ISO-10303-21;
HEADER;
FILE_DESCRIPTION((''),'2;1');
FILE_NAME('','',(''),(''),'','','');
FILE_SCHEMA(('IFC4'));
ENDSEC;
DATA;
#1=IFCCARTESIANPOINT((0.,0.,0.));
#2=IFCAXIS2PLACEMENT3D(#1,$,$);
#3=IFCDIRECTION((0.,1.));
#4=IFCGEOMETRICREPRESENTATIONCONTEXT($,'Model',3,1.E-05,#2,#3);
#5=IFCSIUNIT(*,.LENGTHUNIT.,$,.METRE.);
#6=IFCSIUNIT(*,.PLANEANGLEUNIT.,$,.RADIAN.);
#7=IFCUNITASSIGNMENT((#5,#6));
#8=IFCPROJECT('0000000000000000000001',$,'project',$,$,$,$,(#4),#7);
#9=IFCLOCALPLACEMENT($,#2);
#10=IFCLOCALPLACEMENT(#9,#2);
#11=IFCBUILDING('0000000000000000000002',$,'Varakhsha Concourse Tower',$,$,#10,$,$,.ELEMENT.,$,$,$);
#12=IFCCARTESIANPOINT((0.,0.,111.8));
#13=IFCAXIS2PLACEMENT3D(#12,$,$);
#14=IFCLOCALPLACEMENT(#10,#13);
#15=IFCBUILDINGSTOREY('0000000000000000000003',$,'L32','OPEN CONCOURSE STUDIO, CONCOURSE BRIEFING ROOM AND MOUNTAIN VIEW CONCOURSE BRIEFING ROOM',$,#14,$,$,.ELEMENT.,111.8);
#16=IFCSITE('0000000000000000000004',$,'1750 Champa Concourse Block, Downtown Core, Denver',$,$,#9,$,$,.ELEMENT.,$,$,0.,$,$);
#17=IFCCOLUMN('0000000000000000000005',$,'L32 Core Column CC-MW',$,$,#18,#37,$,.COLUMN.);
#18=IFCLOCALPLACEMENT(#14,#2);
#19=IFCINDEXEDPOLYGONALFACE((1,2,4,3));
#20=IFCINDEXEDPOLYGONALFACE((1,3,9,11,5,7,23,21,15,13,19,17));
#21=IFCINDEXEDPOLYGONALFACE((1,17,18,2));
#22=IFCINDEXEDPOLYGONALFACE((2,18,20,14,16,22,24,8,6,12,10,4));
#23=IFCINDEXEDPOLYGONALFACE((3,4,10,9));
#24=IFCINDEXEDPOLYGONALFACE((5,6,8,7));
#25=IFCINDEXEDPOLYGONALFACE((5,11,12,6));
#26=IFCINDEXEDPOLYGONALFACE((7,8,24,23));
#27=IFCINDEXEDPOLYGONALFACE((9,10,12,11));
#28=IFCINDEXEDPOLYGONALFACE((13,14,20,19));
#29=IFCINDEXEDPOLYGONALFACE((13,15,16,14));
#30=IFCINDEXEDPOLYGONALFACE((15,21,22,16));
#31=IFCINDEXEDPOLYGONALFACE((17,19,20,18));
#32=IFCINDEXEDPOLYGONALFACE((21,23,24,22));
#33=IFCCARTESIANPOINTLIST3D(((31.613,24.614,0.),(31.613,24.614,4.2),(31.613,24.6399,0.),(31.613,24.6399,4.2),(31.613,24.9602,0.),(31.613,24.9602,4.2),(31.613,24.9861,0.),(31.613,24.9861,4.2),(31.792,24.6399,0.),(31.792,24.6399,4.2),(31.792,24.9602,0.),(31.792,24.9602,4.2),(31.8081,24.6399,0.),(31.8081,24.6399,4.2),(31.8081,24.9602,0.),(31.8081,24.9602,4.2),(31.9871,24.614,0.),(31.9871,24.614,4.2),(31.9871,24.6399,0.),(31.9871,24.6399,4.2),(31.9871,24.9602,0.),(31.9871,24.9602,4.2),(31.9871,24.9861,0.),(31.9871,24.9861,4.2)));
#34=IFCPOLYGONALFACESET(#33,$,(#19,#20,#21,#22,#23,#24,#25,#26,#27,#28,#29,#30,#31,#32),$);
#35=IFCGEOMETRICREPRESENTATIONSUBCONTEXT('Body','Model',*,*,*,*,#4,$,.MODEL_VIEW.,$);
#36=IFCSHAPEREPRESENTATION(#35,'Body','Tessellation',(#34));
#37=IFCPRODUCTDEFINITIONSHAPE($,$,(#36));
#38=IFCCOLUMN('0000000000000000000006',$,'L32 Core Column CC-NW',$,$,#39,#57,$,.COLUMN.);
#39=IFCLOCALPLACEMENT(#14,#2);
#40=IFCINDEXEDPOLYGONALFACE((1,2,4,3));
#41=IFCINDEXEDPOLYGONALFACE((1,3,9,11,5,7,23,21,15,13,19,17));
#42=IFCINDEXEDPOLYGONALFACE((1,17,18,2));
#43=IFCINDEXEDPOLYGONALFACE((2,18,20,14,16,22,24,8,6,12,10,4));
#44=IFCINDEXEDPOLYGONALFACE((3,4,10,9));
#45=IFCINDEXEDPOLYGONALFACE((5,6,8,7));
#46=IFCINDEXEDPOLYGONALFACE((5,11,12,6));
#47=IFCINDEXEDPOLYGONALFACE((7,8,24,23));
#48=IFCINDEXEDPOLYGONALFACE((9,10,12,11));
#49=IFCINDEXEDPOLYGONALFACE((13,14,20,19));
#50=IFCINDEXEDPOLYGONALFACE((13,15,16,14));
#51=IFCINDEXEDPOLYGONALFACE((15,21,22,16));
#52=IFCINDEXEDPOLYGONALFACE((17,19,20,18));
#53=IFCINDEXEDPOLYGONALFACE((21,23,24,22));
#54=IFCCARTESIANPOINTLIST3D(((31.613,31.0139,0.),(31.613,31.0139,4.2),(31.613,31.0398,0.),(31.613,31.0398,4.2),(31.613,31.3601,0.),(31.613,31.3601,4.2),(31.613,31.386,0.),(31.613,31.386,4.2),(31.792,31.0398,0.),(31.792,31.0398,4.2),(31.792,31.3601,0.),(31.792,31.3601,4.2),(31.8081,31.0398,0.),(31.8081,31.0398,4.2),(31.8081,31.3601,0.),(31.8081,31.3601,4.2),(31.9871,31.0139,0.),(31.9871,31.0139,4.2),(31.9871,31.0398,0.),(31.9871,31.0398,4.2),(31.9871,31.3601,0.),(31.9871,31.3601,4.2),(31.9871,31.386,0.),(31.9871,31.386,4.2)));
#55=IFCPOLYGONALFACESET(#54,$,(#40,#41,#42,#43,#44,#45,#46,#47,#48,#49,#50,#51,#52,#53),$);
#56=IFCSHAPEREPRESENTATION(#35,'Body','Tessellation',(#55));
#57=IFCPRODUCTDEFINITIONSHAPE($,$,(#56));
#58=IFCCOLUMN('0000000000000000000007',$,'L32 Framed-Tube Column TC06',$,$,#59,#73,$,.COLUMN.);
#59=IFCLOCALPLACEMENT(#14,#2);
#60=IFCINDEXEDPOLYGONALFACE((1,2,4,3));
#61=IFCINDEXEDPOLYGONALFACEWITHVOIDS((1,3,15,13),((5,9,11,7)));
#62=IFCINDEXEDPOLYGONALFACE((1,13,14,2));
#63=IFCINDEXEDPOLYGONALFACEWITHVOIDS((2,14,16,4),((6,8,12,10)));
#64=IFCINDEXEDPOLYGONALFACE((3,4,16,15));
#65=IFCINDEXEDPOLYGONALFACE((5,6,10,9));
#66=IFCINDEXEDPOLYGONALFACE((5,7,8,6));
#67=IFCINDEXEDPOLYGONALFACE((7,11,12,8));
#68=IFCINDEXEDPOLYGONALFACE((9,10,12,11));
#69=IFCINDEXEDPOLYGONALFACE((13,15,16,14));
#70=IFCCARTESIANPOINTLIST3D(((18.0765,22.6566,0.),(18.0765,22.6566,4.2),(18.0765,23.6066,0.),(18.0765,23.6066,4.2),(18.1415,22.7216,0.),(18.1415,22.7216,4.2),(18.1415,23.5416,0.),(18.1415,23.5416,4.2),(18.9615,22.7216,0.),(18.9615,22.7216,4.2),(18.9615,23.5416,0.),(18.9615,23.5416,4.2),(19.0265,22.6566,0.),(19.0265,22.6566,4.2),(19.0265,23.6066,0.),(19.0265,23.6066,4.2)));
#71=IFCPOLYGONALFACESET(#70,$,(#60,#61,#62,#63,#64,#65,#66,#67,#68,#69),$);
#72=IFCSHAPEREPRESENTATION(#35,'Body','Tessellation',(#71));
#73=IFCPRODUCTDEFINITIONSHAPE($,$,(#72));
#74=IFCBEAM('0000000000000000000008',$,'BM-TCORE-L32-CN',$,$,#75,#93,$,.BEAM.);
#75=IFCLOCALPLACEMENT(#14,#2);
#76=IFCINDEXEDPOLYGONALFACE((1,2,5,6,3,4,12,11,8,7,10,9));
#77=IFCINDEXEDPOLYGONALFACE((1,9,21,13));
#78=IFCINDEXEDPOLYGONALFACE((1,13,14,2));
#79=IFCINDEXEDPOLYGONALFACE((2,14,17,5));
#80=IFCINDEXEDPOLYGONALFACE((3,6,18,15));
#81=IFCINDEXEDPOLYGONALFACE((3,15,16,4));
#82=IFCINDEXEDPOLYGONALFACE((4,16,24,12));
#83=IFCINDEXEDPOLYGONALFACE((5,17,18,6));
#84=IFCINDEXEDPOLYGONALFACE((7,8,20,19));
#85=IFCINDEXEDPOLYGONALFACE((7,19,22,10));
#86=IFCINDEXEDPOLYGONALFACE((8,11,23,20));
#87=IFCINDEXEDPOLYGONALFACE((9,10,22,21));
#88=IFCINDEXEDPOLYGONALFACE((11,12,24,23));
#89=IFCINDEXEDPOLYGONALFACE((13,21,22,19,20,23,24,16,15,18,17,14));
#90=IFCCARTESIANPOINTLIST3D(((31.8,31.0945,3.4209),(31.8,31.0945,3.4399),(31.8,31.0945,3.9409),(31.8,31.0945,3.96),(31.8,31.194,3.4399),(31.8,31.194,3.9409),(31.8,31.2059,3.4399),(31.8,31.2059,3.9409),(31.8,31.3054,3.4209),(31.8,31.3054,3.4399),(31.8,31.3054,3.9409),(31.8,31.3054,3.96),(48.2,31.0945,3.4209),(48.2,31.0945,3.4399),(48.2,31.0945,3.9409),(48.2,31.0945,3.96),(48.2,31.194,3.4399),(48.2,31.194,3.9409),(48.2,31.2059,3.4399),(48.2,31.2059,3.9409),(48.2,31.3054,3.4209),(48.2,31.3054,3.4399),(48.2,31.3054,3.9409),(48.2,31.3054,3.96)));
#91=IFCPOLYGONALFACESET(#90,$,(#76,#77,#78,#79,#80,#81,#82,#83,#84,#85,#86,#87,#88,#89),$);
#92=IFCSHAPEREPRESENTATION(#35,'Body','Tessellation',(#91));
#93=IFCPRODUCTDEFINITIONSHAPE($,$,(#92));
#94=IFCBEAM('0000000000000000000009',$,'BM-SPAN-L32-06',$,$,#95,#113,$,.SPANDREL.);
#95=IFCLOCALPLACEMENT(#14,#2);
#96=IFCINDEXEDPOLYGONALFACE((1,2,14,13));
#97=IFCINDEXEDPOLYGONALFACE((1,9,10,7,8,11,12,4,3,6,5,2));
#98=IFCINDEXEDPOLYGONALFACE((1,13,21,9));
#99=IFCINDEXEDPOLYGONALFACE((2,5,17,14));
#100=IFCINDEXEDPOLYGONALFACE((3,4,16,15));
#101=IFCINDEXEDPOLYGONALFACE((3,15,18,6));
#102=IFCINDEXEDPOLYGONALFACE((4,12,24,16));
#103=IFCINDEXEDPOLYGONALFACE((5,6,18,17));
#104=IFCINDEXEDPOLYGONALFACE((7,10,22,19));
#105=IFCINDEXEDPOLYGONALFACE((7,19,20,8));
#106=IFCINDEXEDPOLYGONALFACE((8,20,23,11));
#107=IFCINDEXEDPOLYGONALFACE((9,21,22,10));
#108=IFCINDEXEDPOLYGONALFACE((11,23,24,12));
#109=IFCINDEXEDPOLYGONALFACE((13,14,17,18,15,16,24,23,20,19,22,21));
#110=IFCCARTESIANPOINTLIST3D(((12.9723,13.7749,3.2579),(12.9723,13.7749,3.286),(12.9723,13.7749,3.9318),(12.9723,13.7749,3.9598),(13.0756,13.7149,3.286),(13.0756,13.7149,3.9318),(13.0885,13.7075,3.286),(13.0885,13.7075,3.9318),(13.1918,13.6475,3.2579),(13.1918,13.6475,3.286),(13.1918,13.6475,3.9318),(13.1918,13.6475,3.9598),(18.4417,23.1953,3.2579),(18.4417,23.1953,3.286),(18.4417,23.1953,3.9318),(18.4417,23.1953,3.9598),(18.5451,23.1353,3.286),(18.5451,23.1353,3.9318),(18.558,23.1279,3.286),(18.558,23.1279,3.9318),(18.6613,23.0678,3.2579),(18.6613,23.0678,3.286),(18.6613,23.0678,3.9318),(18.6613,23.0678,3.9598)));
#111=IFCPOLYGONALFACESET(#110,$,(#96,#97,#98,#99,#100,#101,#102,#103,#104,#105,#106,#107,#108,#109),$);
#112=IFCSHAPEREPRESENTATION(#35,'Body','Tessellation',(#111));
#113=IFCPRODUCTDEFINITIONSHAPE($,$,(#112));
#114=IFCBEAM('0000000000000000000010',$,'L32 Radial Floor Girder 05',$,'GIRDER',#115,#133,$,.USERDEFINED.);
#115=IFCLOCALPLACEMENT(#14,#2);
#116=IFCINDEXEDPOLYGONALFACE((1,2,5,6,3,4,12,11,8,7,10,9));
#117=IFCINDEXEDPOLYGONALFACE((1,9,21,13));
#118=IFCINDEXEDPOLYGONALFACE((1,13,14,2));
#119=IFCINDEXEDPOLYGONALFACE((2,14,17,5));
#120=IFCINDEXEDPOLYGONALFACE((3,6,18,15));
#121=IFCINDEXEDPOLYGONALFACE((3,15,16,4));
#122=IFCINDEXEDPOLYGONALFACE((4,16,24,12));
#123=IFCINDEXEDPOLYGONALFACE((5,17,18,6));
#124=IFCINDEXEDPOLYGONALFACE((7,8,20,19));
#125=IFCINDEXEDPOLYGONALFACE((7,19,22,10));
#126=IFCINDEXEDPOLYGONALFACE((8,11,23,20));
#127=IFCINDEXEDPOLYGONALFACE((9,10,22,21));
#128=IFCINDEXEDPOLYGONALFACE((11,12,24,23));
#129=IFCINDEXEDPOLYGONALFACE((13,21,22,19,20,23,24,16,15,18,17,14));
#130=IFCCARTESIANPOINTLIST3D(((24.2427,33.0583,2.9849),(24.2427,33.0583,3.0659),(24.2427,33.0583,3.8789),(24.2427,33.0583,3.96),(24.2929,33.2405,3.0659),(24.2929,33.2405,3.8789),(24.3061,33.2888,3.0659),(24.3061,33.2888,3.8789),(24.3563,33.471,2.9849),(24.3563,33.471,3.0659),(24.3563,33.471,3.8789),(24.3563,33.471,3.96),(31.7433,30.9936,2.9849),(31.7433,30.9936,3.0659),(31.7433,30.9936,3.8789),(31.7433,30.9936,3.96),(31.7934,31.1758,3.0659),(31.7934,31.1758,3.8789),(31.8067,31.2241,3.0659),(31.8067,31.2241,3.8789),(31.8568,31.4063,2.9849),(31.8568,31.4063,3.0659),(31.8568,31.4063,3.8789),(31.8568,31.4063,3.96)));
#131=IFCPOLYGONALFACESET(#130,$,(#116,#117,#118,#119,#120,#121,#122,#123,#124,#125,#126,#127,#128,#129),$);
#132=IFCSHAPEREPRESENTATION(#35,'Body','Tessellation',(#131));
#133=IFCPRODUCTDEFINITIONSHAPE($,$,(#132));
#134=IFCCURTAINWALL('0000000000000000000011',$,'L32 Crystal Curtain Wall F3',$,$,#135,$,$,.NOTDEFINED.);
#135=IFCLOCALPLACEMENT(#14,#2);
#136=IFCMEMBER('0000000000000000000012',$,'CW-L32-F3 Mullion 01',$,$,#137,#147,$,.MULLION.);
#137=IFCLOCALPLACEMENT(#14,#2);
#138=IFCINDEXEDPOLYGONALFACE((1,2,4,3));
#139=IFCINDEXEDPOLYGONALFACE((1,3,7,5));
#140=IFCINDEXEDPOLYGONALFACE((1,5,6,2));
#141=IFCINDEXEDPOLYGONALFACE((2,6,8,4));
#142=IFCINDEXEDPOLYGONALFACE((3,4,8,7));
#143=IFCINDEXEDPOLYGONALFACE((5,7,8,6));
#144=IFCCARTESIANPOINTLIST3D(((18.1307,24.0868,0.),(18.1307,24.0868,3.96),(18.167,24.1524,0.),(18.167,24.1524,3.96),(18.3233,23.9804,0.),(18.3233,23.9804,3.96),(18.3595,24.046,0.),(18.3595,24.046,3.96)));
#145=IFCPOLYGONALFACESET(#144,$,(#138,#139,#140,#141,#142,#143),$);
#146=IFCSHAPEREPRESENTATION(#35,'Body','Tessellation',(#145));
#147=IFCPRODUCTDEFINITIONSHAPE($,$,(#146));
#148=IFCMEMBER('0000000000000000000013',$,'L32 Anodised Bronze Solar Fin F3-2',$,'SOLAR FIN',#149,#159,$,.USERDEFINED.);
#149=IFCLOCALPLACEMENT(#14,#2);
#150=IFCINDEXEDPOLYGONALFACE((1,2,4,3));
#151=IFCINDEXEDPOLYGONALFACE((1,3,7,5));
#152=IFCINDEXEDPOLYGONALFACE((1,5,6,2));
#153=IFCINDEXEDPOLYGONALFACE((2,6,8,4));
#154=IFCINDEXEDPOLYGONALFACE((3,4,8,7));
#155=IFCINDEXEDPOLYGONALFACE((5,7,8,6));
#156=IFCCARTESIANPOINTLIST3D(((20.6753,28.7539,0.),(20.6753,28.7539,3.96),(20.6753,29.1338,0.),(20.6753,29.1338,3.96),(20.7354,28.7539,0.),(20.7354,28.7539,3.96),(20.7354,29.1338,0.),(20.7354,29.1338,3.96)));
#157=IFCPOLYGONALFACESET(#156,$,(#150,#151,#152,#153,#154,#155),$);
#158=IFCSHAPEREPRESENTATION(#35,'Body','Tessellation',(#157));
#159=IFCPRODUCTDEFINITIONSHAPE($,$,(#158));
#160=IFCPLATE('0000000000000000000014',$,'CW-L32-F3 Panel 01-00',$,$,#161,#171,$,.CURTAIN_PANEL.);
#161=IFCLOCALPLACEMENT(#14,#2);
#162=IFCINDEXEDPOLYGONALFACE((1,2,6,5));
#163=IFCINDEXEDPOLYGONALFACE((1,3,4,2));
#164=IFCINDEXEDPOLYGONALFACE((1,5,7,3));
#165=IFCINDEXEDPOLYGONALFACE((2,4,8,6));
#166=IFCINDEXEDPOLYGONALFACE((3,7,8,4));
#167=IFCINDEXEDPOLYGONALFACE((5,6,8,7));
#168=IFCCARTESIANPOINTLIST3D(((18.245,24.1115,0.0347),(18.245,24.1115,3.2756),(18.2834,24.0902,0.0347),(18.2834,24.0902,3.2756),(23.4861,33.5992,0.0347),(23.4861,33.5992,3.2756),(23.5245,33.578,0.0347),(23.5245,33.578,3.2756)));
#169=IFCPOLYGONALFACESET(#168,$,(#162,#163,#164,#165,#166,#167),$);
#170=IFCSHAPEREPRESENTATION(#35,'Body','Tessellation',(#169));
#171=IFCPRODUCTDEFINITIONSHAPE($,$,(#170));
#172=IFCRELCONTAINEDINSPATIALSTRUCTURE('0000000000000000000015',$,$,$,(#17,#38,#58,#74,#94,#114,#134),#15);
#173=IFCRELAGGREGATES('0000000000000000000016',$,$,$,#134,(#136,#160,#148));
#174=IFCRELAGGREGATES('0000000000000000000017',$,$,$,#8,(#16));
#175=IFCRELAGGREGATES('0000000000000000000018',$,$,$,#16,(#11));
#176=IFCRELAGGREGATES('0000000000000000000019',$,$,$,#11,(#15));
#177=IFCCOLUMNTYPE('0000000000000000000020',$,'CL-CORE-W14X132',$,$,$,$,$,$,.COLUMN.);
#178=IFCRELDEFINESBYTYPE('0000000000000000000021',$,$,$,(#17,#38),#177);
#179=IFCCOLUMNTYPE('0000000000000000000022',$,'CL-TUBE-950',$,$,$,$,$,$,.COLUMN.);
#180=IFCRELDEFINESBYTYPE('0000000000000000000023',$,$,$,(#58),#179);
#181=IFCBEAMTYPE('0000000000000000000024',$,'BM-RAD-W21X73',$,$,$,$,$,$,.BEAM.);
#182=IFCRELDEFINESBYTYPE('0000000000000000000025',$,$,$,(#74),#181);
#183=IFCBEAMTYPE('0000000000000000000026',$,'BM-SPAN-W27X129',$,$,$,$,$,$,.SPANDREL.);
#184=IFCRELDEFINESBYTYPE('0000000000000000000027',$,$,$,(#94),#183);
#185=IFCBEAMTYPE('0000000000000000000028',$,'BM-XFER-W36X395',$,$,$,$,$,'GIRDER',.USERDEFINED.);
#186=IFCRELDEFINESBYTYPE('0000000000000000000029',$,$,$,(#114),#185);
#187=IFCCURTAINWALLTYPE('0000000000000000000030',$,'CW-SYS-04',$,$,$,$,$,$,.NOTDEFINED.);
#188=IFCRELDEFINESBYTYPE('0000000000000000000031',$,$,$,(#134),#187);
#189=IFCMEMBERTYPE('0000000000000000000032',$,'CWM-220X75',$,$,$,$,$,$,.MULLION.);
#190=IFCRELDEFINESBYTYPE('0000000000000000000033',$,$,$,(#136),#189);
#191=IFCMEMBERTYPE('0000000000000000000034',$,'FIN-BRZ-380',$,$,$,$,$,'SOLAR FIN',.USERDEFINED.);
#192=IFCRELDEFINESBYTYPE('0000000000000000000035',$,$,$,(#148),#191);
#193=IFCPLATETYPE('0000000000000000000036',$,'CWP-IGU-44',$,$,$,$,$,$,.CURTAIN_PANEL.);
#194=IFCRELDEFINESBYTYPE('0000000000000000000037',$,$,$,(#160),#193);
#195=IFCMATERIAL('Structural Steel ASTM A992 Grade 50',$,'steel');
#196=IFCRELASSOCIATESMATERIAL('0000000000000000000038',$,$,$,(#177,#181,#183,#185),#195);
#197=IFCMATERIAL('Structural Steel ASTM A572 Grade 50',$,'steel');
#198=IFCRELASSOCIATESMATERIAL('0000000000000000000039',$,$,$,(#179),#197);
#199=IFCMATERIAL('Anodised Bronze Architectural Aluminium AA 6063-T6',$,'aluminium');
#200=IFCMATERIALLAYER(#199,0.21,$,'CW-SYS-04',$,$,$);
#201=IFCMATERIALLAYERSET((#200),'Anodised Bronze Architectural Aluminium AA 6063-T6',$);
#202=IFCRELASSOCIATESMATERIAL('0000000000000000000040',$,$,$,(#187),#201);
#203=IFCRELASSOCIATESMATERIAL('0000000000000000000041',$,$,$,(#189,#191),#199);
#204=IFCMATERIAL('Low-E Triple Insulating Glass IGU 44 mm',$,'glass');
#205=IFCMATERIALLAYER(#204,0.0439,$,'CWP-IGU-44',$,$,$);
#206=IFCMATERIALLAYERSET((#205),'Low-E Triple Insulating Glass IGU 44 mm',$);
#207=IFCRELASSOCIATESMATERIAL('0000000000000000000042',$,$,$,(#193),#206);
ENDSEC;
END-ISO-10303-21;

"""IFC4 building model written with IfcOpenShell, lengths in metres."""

from ifc_helpers import new_model, si_unit, direction, frame, origin, origin_2d, place, context, subcontext, project, spatial, rectangle, hollow_rectangle, i_section, extrude, source, transform, mapped, material, layer, layer_set, material_profile, profile_set, type_object, type_shapes, element, aggregate, save


model = new_model("IFC4")

# Units and contexts
model_context = context("Model", 3, precision=1e-05, world=origin(), true_north=direction((0.0, 1.0)))
body_context = subcontext(model_context, "Body", "Model", "MODEL_VIEW")
ifc_project = project(units=[si_unit("LENGTHUNIT", "METRE"), si_unit("PLANEANGLEUNIT", "RADIAN")], contexts=[model_context])

# Site, building, storey
site_placement = place(None, origin())
site = spatial("IfcSite", under=ifc_project, at=site_placement, Name="1750 Champa Concourse Block, Downtown Core, Denver", CompositionType="ELEMENT", RefElevation=0.0)
building_placement = place(site_placement, origin())
building = spatial("IfcBuilding", under=site, at=building_placement, Name="Varakhsha Concourse Tower", CompositionType="ELEMENT")
storey_placement = place(building_placement, frame((0.0, 0.0, 111.8)))
storey = spatial("IfcBuildingStorey", under=building, at=storey_placement, Name="L32", Description="OPEN CONCOURSE STUDIO, CONCOURSE BRIEFING ROOM AND MOUNTAIN VIEW CONCOURSE BRIEFING ROOM", CompositionType="ELEMENT", Elevation=111.8)

# Columns
ifc_material_1 = material(Name="Structural Steel ASTM A992 Grade 50", Category="steel")
ifc_material_profile_1 = material_profile(ifc_material_1, i_section(OverallWidth=0.374, OverallDepth=0.3721, WebThickness=0.0161, FlangeThickness=0.0259, at=origin_2d()), Name="W14X132")
ifc_profile_set_1 = profile_set([ifc_material_profile_1], Name="Structural Steel ASTM A992 Grade 50")
column_type_1 = type_object("IfcColumnType", Name="CL-CORE-W14X132", PredefinedType="COLUMN", material=ifc_profile_set_1)
for number, where, z_axis, x_axis, name in (
    (1, (31.8, 24.8, 0.0), (0.0, 0.0, 1.0), (1.0, 0.0, 0.0), "L32 Core Column CC-MW"),
    (2, (31.8, 31.2, 0.0), (0.0, 0.0, 1.0), (1.0, 0.0, 0.0), "L32 Core Column CC-NW"),
):
    element("IfcColumn", number, at=place(storey_placement, frame(where, z_axis=z_axis, x_axis=x_axis)), inside=storey, type_object=column_type_1, Name=name, PredefinedType="COLUMN", context=body_context, shape_type="SweptSolid", body=[
        extrude(i_section(OverallWidth=0.374, OverallDepth=0.3721, WebThickness=0.0161, FlangeThickness=0.0259, at=origin_2d()), origin(), (0.0, 0.0, 1.0), 4.2),
    ])
ifc_material_2 = material(Name="Structural Steel ASTM A572 Grade 50", Category="steel")
ifc_material_profile_2 = material_profile(ifc_material_2, hollow_rectangle(XDim=0.95, YDim=0.95, WallThickness=0.0649, at=origin_2d()), Name="BOX 950x950x65")
ifc_profile_set_2 = profile_set([ifc_material_profile_2], Name="Structural Steel ASTM A572 Grade 50")
column_type_2 = type_object("IfcColumnType", Name="CL-TUBE-950", PredefinedType="COLUMN", material=ifc_profile_set_2)
column_placement = place(storey_placement, frame((18.5515, 23.1316, 0.0), z_axis=(0.0, 0.0, 1.0), x_axis=(1.0, 0.0, 0.0)))
element("IfcColumn", 3, at=column_placement, inside=storey, type_object=column_type_2, Name="L32 Framed-Tube Column TC06", PredefinedType="COLUMN", context=body_context, shape_type="SweptSolid", body=[
    extrude(hollow_rectangle(XDim=0.95, YDim=0.95, WallThickness=0.0649, at=origin_2d()), origin(), (0.0, 0.0, 1.0), 4.2),
])

# Beams
ifc_material_profile_3 = material_profile(ifc_material_1, i_section(OverallWidth=0.2109, OverallDepth=0.5391, WebThickness=0.012, FlangeThickness=0.019, at=origin_2d()), Name="W21X73")
ifc_profile_set_3 = profile_set([ifc_material_profile_3], Name="Structural Steel ASTM A992 Grade 50")
beam_type_1 = type_object("IfcBeamType", Name="BM-RAD-W21X73", PredefinedType="BEAM", material=ifc_profile_set_3)
beam_1_placement = place(storey_placement, frame((31.8, 31.2, 3.6904), z_axis=(1.0, 0.0, 0.0), x_axis=(0.0, 1.0, 0.0)))
element("IfcBeam", 4, at=beam_1_placement, inside=storey, type_object=beam_type_1, Name="BM-TCORE-L32-CN", PredefinedType="BEAM", context=body_context, shape_type="SweptSolid", body=[
    extrude(i_section(OverallWidth=0.2109, OverallDepth=0.5391, WebThickness=0.012, FlangeThickness=0.019, at=origin_2d()), origin(), (0.0, 0.0, 1.0), 16.3999),
])
ifc_material_profile_4 = material_profile(ifc_material_1, i_section(OverallWidth=0.2539, OverallDepth=0.7019, WebThickness=0.0149, FlangeThickness=0.0281, at=origin_2d()), Name="W27X129")
ifc_profile_set_4 = profile_set([ifc_material_profile_4], Name="Structural Steel ASTM A992 Grade 50")
beam_type_2 = type_object("IfcBeamType", Name="BM-SPAN-W27X129", PredefinedType="SPANDREL", material=ifc_profile_set_4)
beam_2_placement = place(storey_placement, frame((18.5515, 23.1316, 3.6089), z_axis=(-0.502106, -0.864806, 0.0), x_axis=(0.864806, -0.502106, 0.0)))
element("IfcBeam", 5, at=beam_2_placement, inside=storey, type_object=beam_type_2, Name="BM-SPAN-L32-06", PredefinedType="SPANDREL", context=body_context, shape_type="SweptSolid", body=[
    extrude(i_section(OverallWidth=0.2539, OverallDepth=0.7019, WebThickness=0.0149, FlangeThickness=0.0281, at=origin_2d()), origin(), (0.0, 0.0, 1.0), 10.8931),
])
ifc_material_profile_5 = material_profile(ifc_material_1, i_section(OverallWidth=0.428, OverallDepth=0.9751, WebThickness=0.05, FlangeThickness=0.0811, at=origin_2d()), Name="W36X395")
ifc_profile_set_5 = profile_set([ifc_material_profile_5], Name="Structural Steel ASTM A992 Grade 50")
beam_type_3 = type_object("IfcBeamType", Name="BM-XFER-W36X395", ElementType="GIRDER", PredefinedType="USERDEFINED", material=ifc_profile_set_5)
beam_3_placement = place(storey_placement, frame((31.8, 31.2, 3.4724), z_axis=(-0.964138, 0.265403, 0.0), x_axis=(-0.265403, -0.964138, 0.0)))
element("IfcBeam", 6, at=beam_3_placement, inside=storey, type_object=beam_type_3, Name="L32 Radial Floor Girder 05", ObjectType="GIRDER", PredefinedType="USERDEFINED", context=body_context, shape_type="SweptSolid", body=[
    extrude(i_section(OverallWidth=0.428, OverallDepth=0.9751, WebThickness=0.05, FlangeThickness=0.0811, at=origin_2d()), origin(), (0.0, 0.0, 1.0), 7.7795),
])

# Curtain wall, members, plate
ifc_material_3 = material(Name="Anodised Bronze Architectural Aluminium AA 6063-T6", Category="aluminium")
ifc_layer_1 = layer(ifc_material_3, 0.21, Name="CW-SYS-04")
ifc_layer_set_1 = layer_set([ifc_layer_1], Name="Anodised Bronze Architectural Aluminium AA 6063-T6")
curtain_wall_type = type_object("IfcCurtainWallType", Name="CW-SYS-04", PredefinedType="NOTDEFINED", material=ifc_layer_set_1)
curtain_wall_placement = place(storey_placement, origin())
curtain_wall = element("IfcCurtainWall", 7, at=curtain_wall_placement, inside=storey, type_object=curtain_wall_type, Name="L32 Crystal Curtain Wall F3", PredefinedType="NOTDEFINED")
ifc_material_profile_6 = material_profile(ifc_material_3, rectangle(XDim=0.075, YDim=0.22, at=origin_2d()), Name="CWM-220X75")
ifc_profile_set_6 = profile_set([ifc_material_profile_6], Name="Anodised Bronze Architectural Aluminium AA 6063-T6")
member_type_1 = type_object("IfcMemberType", Name="CWM-220X75", PredefinedType="MULLION", material=ifc_profile_set_6)
shared_shape_1 = source(origin(), body_context, "Body", "SweptSolid", [
    extrude(rectangle(XDim=0.075, YDim=0.22, at=origin_2d()), origin(), (0.0, 0.0, 1.0), 3.96),
])
type_shapes(member_type_1, [shared_shape_1])
member_1_placement = place(storey_placement, frame((18.2451, 24.0664, 0.0), z_axis=(0.0, 0.0, 1.0), x_axis=(0.483536, 0.875324, 0.0)))
member_1 = element("IfcMember", 8, at=member_1_placement, type_object=member_type_1, Name="CW-L32-F3 Mullion 01", PredefinedType="MULLION", context=body_context, shape_type="MappedRepresentation", body=[
    mapped(shared_shape_1, transform((0.0, 0.0, 0.0), scale=1.0)),
])
ifc_material_profile_7 = material_profile(ifc_material_3, rectangle(XDim=0.0601, YDim=0.3799, at=origin_2d()), Name="FIN-BRZ-380")
ifc_profile_set_7 = profile_set([ifc_material_profile_7], Name="Anodised Bronze Architectural Aluminium AA 6063-T6")
member_type_2 = type_object("IfcMemberType", Name="FIN-BRZ-380", ElementType="SOLAR FIN", PredefinedType="USERDEFINED", material=ifc_profile_set_7)
shared_shape_2 = source(origin(), body_context, "Body", "SweptSolid", [
    extrude(rectangle(XDim=0.0601, YDim=0.3799, at=origin_2d()), origin(), (0.0, 0.0, 1.0), 3.96),
])
type_shapes(member_type_2, [shared_shape_2])
member_2_placement = place(storey_placement, frame((20.7053, 28.9438, 0.0), z_axis=(0.0, 0.0, 1.0), x_axis=(1.0, 0.0, 0.0)))
member_2 = element("IfcMember", 9, at=member_2_placement, type_object=member_type_2, Name="L32 Anodised Bronze Solar Fin F3-2", ObjectType="SOLAR FIN", PredefinedType="USERDEFINED", context=body_context, shape_type="MappedRepresentation", body=[
    mapped(shared_shape_2, transform((0.0, 0.0, 0.0), scale=1.0)),
])
ifc_material_4 = material(Name="Low-E Triple Insulating Glass IGU 44 mm", Category="glass")
ifc_layer_2 = layer(ifc_material_4, 0.0439, Name="CWP-IGU-44")
ifc_layer_set_2 = layer_set([ifc_layer_2], Name="Low-E Triple Insulating Glass IGU 44 mm")
plate_type_1 = type_object("IfcPlateType", Name="CWP-IGU-44", PredefinedType="CURTAIN_PANEL", material=ifc_layer_set_2)
shared_shape_3 = source(origin(), body_context, "Body", "SweptSolid", [
    extrude(rectangle(XDim=10.8391, YDim=0.0439, at=origin_2d()), origin(), (0.0, 0.0, 1.0), 3.241),
])
type_shapes(plate_type_1, [shared_shape_3])
plate_1_placement = place(storey_placement, frame((20.8848, 28.8447, 0.0347), z_axis=(0.0, 0.0, 1.0), x_axis=(0.483536, 0.875324, 0.0)))
plate_1 = element("IfcPlate", 10, at=plate_1_placement, type_object=plate_type_1, Name="CW-L32-F3 Panel 01-00", PredefinedType="CURTAIN_PANEL", context=body_context, shape_type="MappedRepresentation", body=[
    mapped(shared_shape_3, transform((0.0, 0.0, 0.0), scale=1.0)),
])
aggregate(curtain_wall, [member_1, plate_1, member_2])

save(model, "model.ifc")
